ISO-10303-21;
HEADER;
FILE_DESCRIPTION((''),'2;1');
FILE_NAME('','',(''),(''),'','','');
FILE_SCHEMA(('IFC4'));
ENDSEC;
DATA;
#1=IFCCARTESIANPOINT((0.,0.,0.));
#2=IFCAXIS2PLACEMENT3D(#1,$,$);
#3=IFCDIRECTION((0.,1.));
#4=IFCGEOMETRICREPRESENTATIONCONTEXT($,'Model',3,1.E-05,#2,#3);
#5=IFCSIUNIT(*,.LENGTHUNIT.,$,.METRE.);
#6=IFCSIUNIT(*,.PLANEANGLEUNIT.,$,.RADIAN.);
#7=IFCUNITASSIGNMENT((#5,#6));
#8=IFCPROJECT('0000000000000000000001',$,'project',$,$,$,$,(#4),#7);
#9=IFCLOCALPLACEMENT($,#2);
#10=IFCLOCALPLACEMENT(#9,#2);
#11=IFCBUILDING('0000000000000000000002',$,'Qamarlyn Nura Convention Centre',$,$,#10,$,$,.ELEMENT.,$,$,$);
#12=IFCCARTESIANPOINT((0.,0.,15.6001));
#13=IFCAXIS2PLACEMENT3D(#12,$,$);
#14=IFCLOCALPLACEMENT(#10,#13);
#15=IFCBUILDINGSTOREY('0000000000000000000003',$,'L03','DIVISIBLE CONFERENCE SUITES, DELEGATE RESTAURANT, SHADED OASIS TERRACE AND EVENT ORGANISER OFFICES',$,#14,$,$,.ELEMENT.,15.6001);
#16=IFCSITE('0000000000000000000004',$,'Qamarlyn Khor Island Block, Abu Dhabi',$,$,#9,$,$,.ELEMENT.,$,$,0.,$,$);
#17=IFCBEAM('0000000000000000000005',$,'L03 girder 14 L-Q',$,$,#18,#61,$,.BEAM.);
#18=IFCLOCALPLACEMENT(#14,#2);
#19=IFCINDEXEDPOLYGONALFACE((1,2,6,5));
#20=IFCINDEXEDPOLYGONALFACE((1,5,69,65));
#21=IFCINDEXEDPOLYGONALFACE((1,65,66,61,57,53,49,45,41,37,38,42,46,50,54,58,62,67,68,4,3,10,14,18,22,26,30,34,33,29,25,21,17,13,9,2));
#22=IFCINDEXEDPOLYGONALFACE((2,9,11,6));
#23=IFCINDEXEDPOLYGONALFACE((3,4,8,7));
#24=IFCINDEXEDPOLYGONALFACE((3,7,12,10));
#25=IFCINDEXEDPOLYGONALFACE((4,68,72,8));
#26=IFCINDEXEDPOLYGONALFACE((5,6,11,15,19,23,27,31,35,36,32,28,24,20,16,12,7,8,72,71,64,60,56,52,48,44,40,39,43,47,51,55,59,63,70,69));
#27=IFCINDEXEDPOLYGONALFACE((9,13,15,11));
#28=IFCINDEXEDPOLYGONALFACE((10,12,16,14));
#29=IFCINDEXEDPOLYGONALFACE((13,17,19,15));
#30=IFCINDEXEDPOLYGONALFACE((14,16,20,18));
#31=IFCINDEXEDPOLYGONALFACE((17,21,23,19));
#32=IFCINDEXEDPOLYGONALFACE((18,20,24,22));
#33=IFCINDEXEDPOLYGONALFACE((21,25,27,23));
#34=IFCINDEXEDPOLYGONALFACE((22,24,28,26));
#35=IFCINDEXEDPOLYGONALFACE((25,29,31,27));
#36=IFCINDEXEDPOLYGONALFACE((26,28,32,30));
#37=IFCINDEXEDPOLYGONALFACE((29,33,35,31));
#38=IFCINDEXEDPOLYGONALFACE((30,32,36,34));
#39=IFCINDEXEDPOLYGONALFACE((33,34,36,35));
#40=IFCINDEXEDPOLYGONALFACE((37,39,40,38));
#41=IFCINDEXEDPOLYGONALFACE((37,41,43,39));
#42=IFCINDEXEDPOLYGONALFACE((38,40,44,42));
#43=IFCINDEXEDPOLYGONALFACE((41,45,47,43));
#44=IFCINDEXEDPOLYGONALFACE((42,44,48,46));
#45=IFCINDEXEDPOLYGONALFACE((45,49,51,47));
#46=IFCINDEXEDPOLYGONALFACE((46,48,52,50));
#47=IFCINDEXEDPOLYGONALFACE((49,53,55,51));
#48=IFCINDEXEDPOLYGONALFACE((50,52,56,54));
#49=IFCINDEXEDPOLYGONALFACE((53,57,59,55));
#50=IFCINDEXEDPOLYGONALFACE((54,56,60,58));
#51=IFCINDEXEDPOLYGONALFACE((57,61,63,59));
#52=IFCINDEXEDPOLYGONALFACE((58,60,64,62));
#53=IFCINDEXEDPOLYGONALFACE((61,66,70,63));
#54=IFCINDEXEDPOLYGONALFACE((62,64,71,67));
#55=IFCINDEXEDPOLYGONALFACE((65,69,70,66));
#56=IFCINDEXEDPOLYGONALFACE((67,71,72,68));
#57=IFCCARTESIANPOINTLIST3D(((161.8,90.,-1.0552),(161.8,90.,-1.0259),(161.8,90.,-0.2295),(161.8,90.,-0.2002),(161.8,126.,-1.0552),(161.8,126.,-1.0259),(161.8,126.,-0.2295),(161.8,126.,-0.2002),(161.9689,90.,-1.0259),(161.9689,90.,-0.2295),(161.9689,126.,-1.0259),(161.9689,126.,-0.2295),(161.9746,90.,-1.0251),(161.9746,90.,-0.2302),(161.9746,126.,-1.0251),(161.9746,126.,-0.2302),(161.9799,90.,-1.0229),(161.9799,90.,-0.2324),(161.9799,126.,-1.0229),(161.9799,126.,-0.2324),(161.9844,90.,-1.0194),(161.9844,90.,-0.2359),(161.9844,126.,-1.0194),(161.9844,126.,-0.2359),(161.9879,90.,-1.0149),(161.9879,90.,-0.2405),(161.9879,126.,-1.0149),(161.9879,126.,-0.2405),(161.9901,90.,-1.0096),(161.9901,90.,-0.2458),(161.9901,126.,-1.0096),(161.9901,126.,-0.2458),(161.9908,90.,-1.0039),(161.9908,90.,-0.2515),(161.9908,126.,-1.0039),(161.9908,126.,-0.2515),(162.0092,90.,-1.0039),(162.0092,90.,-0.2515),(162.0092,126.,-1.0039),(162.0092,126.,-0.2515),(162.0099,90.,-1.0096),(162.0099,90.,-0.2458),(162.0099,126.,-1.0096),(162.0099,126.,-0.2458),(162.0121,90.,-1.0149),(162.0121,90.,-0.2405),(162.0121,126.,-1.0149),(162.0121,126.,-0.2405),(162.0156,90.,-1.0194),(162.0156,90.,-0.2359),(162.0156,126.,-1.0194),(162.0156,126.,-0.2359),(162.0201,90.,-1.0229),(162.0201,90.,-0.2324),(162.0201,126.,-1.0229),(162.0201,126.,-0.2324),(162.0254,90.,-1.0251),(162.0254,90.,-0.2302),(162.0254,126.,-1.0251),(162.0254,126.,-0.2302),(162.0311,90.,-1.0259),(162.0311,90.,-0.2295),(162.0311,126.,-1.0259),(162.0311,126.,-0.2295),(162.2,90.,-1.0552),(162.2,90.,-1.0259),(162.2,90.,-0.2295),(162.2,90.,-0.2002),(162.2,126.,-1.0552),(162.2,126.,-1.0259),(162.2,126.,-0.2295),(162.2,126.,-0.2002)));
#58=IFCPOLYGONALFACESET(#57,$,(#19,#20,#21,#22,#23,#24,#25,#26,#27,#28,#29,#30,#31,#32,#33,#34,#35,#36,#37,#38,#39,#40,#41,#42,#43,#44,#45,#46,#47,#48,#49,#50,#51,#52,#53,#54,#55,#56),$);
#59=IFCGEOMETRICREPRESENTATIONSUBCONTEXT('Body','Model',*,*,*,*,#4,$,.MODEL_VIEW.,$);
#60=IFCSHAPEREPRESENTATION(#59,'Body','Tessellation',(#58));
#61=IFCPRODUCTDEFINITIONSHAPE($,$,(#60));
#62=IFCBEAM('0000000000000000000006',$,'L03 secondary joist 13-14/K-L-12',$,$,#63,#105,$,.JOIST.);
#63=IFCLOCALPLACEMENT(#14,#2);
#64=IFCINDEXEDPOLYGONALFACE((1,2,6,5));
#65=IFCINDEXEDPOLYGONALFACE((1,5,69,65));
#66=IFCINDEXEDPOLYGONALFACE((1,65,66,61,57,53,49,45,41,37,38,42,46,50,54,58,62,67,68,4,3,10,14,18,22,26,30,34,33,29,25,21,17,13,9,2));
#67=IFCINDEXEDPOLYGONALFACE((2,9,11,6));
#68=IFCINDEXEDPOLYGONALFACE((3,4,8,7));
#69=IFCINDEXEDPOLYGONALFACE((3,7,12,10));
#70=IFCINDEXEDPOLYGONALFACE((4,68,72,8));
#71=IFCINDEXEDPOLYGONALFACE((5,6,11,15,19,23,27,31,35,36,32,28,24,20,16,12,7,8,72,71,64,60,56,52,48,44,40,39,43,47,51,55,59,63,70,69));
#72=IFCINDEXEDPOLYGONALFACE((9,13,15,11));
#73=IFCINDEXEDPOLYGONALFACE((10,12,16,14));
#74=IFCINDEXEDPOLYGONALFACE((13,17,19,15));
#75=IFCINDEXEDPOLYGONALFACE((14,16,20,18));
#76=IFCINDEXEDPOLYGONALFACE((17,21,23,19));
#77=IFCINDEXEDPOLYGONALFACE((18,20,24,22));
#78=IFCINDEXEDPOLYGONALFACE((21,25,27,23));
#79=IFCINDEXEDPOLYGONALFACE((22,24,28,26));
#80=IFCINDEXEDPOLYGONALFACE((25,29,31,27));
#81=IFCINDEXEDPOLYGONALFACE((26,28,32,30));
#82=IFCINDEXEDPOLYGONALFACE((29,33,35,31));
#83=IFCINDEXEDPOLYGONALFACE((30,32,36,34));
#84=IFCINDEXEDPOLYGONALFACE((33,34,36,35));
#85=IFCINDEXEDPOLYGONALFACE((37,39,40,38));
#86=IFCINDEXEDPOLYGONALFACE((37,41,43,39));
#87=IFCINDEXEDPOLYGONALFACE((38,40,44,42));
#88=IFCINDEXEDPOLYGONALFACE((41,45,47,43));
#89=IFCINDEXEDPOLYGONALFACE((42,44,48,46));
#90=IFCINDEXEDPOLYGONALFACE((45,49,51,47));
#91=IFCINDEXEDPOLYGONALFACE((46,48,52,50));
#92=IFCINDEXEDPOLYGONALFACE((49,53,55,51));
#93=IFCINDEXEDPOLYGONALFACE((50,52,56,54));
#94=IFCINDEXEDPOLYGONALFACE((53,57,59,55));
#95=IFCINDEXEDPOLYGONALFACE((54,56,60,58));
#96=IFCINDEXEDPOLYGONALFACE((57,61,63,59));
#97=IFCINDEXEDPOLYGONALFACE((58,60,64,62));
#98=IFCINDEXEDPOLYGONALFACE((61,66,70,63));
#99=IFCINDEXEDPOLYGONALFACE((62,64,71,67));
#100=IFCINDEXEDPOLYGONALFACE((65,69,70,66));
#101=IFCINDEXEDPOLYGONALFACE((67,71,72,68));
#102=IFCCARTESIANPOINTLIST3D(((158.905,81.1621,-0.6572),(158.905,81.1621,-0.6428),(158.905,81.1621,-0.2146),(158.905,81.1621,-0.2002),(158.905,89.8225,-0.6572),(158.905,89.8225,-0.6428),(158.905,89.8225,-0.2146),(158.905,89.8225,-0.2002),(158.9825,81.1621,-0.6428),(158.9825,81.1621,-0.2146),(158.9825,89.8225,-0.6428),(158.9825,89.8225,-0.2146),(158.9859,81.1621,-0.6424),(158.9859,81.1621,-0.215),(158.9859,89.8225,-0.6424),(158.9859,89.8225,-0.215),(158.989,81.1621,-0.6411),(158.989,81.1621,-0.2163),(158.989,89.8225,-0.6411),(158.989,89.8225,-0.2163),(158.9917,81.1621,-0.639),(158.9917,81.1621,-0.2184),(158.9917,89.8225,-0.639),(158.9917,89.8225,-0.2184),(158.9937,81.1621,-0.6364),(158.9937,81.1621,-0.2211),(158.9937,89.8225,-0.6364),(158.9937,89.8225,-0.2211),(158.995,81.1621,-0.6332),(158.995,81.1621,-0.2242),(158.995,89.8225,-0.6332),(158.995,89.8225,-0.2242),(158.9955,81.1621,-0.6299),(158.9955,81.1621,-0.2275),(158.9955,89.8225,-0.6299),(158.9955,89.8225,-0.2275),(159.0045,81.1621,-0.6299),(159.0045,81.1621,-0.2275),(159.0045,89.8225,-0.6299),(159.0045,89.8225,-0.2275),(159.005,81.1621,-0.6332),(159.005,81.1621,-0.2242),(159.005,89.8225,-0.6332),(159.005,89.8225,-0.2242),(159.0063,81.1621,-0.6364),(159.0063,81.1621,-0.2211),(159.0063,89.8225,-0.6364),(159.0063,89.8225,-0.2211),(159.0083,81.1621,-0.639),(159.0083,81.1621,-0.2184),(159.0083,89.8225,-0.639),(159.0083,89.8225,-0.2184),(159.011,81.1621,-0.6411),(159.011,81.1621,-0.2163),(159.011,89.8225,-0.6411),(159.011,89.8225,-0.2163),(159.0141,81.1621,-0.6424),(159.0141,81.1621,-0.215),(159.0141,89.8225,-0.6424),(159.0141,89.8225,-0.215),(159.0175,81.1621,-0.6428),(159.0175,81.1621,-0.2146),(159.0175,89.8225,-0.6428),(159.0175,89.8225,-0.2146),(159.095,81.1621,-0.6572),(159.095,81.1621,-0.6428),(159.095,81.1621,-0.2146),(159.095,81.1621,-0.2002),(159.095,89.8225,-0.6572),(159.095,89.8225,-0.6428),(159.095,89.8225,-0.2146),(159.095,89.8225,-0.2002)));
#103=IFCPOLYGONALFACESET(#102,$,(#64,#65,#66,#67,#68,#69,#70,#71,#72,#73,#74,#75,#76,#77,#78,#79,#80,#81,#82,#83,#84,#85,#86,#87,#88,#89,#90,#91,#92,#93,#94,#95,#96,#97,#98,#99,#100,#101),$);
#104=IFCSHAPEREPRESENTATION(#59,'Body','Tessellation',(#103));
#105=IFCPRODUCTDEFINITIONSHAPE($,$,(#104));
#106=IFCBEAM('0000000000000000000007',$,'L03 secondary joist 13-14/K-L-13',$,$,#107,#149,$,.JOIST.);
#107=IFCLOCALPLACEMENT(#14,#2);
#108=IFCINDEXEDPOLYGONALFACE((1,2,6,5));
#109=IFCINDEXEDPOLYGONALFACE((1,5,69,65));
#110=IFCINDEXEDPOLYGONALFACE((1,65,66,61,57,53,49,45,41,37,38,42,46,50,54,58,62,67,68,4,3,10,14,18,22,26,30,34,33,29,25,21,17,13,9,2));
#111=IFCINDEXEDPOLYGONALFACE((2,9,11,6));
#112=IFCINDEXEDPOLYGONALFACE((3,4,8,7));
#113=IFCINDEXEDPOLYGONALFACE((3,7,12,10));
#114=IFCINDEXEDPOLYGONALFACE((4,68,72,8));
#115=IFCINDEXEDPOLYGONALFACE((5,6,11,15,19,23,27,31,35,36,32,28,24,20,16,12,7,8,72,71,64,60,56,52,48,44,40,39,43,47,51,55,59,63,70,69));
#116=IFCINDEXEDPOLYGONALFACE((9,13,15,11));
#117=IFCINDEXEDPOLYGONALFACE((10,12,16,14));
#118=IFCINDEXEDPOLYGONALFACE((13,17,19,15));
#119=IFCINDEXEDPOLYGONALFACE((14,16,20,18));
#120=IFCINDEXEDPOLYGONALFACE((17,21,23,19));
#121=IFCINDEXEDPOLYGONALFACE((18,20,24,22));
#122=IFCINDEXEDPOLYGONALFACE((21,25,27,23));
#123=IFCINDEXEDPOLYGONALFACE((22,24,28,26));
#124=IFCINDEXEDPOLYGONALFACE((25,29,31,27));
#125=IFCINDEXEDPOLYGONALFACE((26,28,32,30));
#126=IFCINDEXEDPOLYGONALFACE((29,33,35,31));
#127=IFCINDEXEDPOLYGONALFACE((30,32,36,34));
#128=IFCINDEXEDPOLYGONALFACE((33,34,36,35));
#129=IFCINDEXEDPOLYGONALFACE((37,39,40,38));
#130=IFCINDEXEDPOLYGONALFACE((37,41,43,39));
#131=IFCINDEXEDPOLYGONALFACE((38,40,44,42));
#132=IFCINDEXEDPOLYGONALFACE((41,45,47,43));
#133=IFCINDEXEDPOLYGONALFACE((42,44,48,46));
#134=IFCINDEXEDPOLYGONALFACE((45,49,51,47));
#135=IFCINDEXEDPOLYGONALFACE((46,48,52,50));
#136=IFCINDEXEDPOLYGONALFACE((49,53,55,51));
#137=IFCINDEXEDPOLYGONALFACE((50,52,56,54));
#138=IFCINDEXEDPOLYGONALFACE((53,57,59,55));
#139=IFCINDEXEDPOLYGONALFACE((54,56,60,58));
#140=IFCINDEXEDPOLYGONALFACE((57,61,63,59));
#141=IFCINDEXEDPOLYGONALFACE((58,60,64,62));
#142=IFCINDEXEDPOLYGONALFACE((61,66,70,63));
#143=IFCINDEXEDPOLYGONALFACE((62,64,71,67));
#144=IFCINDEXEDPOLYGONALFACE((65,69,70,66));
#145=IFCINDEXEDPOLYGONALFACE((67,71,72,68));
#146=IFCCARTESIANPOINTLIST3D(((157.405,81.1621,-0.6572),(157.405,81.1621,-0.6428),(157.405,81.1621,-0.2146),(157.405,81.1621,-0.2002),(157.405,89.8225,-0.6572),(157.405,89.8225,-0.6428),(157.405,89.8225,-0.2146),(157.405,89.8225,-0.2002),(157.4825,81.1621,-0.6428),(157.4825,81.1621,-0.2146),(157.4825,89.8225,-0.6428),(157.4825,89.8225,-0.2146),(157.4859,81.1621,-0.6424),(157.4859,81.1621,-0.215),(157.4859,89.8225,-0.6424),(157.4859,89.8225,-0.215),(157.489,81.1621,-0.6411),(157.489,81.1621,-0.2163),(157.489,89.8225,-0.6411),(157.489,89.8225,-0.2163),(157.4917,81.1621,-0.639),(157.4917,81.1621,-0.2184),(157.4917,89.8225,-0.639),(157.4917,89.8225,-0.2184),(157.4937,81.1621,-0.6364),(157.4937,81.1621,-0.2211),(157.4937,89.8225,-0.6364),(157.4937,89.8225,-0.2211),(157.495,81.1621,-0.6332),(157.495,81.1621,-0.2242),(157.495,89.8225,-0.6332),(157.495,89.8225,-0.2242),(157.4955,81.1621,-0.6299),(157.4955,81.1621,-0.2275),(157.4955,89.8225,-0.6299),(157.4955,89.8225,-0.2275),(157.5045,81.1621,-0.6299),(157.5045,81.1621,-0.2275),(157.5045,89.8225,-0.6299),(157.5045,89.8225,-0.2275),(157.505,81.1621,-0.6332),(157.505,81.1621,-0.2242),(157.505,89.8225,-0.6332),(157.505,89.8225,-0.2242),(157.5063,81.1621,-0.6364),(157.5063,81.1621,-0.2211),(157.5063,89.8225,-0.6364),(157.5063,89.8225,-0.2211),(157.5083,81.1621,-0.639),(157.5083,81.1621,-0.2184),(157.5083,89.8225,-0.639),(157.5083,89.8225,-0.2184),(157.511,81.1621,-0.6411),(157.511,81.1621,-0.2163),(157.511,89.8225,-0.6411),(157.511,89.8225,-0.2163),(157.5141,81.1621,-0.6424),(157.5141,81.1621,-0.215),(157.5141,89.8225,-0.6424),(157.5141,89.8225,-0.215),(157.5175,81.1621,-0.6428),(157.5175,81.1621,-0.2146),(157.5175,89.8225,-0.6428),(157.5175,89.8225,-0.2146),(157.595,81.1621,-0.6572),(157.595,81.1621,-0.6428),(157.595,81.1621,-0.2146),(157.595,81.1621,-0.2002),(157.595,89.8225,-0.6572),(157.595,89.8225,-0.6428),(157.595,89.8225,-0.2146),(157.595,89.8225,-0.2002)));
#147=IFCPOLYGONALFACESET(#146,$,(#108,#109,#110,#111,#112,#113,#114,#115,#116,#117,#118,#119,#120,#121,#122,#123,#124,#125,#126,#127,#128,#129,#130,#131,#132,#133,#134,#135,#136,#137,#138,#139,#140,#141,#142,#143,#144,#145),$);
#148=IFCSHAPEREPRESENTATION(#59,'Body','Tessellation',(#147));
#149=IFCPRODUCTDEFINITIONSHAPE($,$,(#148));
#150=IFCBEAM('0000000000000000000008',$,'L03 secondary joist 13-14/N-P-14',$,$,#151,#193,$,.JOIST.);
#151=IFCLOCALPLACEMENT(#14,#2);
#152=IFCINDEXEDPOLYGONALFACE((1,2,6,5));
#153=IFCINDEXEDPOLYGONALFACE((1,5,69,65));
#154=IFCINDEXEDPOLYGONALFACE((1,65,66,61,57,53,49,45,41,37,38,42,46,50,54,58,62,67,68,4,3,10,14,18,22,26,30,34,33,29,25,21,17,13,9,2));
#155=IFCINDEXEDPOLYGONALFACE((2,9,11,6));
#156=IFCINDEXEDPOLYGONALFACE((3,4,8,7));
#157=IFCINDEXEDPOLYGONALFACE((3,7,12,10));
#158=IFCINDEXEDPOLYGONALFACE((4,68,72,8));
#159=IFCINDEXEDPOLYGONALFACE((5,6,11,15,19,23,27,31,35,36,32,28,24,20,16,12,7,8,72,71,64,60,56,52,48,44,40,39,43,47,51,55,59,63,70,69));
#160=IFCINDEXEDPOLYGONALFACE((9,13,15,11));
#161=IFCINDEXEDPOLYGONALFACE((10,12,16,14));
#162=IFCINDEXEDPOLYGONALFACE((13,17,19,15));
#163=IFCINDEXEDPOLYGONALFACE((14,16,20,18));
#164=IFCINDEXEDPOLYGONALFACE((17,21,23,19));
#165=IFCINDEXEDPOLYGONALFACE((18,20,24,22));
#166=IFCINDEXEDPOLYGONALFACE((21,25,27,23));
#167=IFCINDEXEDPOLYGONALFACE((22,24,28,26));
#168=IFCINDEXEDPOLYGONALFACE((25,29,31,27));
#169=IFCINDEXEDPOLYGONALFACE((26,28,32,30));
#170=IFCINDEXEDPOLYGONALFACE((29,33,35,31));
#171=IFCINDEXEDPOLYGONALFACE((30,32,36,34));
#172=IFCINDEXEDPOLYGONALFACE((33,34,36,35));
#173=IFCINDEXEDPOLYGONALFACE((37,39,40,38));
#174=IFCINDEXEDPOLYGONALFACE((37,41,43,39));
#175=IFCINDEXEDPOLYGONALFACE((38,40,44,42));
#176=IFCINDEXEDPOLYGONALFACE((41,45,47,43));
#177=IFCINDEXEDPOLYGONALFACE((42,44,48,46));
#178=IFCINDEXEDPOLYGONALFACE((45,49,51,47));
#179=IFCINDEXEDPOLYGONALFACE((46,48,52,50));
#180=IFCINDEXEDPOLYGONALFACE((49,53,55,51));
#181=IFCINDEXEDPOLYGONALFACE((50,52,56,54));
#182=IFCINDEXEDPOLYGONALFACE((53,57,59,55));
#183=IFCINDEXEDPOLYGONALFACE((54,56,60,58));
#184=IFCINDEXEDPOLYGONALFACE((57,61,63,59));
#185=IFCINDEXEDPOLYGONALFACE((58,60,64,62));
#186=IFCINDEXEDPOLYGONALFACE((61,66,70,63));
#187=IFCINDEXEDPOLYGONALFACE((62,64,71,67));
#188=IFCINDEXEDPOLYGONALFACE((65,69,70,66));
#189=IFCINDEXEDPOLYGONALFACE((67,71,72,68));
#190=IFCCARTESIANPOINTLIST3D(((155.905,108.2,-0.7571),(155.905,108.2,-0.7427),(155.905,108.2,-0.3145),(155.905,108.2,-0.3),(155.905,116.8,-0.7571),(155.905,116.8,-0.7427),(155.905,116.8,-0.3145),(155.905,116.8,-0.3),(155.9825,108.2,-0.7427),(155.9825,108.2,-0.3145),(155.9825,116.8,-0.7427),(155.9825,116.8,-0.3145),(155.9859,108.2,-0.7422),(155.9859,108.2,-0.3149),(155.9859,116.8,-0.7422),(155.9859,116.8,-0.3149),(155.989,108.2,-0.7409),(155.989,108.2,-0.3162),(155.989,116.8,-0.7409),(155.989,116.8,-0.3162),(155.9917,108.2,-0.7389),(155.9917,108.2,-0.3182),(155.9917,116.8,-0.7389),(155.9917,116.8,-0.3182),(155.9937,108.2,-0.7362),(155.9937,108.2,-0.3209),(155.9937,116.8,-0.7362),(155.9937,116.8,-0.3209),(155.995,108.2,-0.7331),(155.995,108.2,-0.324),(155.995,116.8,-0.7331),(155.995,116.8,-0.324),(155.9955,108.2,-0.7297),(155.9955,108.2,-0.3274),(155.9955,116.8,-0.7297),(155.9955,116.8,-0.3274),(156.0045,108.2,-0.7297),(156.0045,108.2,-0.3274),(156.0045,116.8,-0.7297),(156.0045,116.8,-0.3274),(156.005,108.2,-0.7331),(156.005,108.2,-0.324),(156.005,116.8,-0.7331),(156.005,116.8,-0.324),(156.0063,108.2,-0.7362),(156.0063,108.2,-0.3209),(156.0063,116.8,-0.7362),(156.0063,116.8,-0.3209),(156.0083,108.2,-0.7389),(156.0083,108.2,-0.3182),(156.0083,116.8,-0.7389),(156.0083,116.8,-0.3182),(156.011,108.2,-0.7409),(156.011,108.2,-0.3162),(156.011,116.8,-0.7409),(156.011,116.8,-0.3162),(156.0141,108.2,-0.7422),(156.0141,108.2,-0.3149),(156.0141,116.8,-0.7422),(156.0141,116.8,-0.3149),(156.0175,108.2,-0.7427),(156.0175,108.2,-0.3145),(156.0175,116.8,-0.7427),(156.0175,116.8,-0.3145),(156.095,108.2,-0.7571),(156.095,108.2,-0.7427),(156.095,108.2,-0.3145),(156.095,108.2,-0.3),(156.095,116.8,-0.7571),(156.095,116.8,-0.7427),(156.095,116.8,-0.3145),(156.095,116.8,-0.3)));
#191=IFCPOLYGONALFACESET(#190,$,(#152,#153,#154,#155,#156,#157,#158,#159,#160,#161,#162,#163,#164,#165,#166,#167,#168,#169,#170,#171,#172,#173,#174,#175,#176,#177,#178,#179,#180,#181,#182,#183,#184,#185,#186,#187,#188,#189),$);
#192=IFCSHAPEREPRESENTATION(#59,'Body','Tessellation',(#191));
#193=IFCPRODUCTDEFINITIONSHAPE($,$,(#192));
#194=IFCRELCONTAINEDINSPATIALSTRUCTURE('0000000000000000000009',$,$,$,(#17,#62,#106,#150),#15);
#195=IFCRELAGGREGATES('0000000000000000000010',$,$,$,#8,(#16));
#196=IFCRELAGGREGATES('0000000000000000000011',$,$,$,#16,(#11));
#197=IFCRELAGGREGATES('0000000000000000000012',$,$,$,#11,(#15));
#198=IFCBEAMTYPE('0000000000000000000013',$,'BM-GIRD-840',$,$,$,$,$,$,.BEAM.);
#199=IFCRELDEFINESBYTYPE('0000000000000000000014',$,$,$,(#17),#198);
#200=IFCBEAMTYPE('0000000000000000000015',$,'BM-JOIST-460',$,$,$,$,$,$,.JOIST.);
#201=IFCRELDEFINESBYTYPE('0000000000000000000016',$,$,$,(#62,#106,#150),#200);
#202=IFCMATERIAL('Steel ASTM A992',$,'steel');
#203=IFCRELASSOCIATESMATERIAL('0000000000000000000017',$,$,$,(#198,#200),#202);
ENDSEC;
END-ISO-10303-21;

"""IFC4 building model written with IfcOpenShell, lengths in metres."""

from ifc_helpers import new_model, si_unit, direction, frame, origin, origin_2d, place, context, subcontext, project, spatial, i_section, extrude, material, material_profile, profile_set, type_object, element, save


model = new_model("IFC4")

# Units and contexts
model_context = context("Model", 3, precision=1e-05, world=origin(), true_north=direction((0.0, 1.0)))
body_context = subcontext(model_context, "Body", "Model", "MODEL_VIEW")
ifc_project = project(units=[si_unit("LENGTHUNIT", "METRE"), si_unit("PLANEANGLEUNIT", "RADIAN")], contexts=[model_context])

# Site, building, storey
site_placement = place(None, origin())
site = spatial("IfcSite", under=ifc_project, at=site_placement, Name="Qamarlyn Khor Island Block, Abu Dhabi", CompositionType="ELEMENT", RefElevation=0.0)
building_placement = place(site_placement, origin())
building = spatial("IfcBuilding", under=site, at=building_placement, Name="Qamarlyn Nura Convention Centre", CompositionType="ELEMENT")
storey_placement = place(building_placement, frame((0.0, 0.0, 15.6001)))
storey = spatial("IfcBuildingStorey", under=building, at=storey_placement, Name="L03", Description="DIVISIBLE CONFERENCE SUITES, DELEGATE RESTAURANT, SHADED OASIS TERRACE AND EVENT ORGANISER OFFICES", CompositionType="ELEMENT", Elevation=15.6001)

# Shared definitions
ifc_material_1 = material(Name="Steel ASTM A992", Category="steel")

# Beams
ifc_material_profile_1 = material_profile(ifc_material_1, i_section(OverallWidth=0.3999, OverallDepth=0.855, WebThickness=0.0183, FlangeThickness=0.0293, FilletRadius=0.022, at=origin_2d()), Name="W840X299")
ifc_profile_set_1 = profile_set([ifc_material_profile_1], Name="Steel ASTM A992")
beam_type_1 = type_object("IfcBeamType", Name="BM-GIRD-840", PredefinedType="BEAM", material=ifc_profile_set_1)
for number, where, z_axis, x_axis, name in (
    (1, (162.0, 90.0, -0.6277), (0.0, 1.0, 0.0), (-1.0, 0.0, 0.0), "L03 girder 14 L-Q"),
):
    element("IfcBeam", number, at=place(storey_placement, frame(where, z_axis=z_axis, x_axis=x_axis)), inside=storey, type_object=beam_type_1, Name=name, PredefinedType="BEAM", context=body_context, shape_type="SweptSolid", body=[
        extrude(i_section(OverallWidth=0.3999, OverallDepth=0.855, WebThickness=0.0183, FlangeThickness=0.0293, FilletRadius=0.022, at=origin_2d()), origin(), (0.0, 0.0, 1.0), 36.0),
    ])
ifc_material_profile_2 = material_profile(ifc_material_1, i_section(OverallWidth=0.1899, OverallDepth=0.457, WebThickness=0.009, FlangeThickness=0.0144, FilletRadius=0.0129, at=origin_2d()), Name="W460X74")
ifc_profile_set_2 = profile_set([ifc_material_profile_2], Name="Steel ASTM A992")
beam_type_2 = type_object("IfcBeamType", Name="BM-JOIST-460", PredefinedType="JOIST", material=ifc_profile_set_2)
for number, where, z_axis, x_axis, name in (
    (2, (159.0, 81.1621, -0.4287), (0.0, 1.0, 0.0), (-1.0, 0.0, 0.0), "L03 secondary joist 13-14/K-L-12"),
    (3, (157.5, 81.1621, -0.4287), (0.0, 1.0, 0.0), (-1.0, 0.0, 0.0), "L03 secondary joist 13-14/K-L-13"),
):
    element("IfcBeam", number, at=place(storey_placement, frame(where, z_axis=z_axis, x_axis=x_axis)), inside=storey, type_object=beam_type_2, Name=name, PredefinedType="JOIST", context=body_context, shape_type="SweptSolid", body=[
        extrude(i_section(OverallWidth=0.1899, OverallDepth=0.457, WebThickness=0.009, FlangeThickness=0.0144, FilletRadius=0.0129, at=origin_2d()), origin(), (0.0, 0.0, 1.0), 8.6604),
    ])
for number, where, z_axis, x_axis, name in (
    (4, (156.0, 108.2, -0.5286), (0.0, 1.0, 0.0), (-1.0, 0.0, 0.0), "L03 secondary joist 13-14/N-P-14"),
):
    element("IfcBeam", number, at=place(storey_placement, frame(where, z_axis=z_axis, x_axis=x_axis)), inside=storey, type_object=beam_type_2, Name=name, PredefinedType="JOIST", context=body_context, shape_type="SweptSolid", body=[
        extrude(i_section(OverallWidth=0.1899, OverallDepth=0.457, WebThickness=0.009, FlangeThickness=0.0144, FilletRadius=0.0129, at=origin_2d()), origin(), (0.0, 0.0, 1.0), 8.6001),
    ])

save(model, "model.ifc")
